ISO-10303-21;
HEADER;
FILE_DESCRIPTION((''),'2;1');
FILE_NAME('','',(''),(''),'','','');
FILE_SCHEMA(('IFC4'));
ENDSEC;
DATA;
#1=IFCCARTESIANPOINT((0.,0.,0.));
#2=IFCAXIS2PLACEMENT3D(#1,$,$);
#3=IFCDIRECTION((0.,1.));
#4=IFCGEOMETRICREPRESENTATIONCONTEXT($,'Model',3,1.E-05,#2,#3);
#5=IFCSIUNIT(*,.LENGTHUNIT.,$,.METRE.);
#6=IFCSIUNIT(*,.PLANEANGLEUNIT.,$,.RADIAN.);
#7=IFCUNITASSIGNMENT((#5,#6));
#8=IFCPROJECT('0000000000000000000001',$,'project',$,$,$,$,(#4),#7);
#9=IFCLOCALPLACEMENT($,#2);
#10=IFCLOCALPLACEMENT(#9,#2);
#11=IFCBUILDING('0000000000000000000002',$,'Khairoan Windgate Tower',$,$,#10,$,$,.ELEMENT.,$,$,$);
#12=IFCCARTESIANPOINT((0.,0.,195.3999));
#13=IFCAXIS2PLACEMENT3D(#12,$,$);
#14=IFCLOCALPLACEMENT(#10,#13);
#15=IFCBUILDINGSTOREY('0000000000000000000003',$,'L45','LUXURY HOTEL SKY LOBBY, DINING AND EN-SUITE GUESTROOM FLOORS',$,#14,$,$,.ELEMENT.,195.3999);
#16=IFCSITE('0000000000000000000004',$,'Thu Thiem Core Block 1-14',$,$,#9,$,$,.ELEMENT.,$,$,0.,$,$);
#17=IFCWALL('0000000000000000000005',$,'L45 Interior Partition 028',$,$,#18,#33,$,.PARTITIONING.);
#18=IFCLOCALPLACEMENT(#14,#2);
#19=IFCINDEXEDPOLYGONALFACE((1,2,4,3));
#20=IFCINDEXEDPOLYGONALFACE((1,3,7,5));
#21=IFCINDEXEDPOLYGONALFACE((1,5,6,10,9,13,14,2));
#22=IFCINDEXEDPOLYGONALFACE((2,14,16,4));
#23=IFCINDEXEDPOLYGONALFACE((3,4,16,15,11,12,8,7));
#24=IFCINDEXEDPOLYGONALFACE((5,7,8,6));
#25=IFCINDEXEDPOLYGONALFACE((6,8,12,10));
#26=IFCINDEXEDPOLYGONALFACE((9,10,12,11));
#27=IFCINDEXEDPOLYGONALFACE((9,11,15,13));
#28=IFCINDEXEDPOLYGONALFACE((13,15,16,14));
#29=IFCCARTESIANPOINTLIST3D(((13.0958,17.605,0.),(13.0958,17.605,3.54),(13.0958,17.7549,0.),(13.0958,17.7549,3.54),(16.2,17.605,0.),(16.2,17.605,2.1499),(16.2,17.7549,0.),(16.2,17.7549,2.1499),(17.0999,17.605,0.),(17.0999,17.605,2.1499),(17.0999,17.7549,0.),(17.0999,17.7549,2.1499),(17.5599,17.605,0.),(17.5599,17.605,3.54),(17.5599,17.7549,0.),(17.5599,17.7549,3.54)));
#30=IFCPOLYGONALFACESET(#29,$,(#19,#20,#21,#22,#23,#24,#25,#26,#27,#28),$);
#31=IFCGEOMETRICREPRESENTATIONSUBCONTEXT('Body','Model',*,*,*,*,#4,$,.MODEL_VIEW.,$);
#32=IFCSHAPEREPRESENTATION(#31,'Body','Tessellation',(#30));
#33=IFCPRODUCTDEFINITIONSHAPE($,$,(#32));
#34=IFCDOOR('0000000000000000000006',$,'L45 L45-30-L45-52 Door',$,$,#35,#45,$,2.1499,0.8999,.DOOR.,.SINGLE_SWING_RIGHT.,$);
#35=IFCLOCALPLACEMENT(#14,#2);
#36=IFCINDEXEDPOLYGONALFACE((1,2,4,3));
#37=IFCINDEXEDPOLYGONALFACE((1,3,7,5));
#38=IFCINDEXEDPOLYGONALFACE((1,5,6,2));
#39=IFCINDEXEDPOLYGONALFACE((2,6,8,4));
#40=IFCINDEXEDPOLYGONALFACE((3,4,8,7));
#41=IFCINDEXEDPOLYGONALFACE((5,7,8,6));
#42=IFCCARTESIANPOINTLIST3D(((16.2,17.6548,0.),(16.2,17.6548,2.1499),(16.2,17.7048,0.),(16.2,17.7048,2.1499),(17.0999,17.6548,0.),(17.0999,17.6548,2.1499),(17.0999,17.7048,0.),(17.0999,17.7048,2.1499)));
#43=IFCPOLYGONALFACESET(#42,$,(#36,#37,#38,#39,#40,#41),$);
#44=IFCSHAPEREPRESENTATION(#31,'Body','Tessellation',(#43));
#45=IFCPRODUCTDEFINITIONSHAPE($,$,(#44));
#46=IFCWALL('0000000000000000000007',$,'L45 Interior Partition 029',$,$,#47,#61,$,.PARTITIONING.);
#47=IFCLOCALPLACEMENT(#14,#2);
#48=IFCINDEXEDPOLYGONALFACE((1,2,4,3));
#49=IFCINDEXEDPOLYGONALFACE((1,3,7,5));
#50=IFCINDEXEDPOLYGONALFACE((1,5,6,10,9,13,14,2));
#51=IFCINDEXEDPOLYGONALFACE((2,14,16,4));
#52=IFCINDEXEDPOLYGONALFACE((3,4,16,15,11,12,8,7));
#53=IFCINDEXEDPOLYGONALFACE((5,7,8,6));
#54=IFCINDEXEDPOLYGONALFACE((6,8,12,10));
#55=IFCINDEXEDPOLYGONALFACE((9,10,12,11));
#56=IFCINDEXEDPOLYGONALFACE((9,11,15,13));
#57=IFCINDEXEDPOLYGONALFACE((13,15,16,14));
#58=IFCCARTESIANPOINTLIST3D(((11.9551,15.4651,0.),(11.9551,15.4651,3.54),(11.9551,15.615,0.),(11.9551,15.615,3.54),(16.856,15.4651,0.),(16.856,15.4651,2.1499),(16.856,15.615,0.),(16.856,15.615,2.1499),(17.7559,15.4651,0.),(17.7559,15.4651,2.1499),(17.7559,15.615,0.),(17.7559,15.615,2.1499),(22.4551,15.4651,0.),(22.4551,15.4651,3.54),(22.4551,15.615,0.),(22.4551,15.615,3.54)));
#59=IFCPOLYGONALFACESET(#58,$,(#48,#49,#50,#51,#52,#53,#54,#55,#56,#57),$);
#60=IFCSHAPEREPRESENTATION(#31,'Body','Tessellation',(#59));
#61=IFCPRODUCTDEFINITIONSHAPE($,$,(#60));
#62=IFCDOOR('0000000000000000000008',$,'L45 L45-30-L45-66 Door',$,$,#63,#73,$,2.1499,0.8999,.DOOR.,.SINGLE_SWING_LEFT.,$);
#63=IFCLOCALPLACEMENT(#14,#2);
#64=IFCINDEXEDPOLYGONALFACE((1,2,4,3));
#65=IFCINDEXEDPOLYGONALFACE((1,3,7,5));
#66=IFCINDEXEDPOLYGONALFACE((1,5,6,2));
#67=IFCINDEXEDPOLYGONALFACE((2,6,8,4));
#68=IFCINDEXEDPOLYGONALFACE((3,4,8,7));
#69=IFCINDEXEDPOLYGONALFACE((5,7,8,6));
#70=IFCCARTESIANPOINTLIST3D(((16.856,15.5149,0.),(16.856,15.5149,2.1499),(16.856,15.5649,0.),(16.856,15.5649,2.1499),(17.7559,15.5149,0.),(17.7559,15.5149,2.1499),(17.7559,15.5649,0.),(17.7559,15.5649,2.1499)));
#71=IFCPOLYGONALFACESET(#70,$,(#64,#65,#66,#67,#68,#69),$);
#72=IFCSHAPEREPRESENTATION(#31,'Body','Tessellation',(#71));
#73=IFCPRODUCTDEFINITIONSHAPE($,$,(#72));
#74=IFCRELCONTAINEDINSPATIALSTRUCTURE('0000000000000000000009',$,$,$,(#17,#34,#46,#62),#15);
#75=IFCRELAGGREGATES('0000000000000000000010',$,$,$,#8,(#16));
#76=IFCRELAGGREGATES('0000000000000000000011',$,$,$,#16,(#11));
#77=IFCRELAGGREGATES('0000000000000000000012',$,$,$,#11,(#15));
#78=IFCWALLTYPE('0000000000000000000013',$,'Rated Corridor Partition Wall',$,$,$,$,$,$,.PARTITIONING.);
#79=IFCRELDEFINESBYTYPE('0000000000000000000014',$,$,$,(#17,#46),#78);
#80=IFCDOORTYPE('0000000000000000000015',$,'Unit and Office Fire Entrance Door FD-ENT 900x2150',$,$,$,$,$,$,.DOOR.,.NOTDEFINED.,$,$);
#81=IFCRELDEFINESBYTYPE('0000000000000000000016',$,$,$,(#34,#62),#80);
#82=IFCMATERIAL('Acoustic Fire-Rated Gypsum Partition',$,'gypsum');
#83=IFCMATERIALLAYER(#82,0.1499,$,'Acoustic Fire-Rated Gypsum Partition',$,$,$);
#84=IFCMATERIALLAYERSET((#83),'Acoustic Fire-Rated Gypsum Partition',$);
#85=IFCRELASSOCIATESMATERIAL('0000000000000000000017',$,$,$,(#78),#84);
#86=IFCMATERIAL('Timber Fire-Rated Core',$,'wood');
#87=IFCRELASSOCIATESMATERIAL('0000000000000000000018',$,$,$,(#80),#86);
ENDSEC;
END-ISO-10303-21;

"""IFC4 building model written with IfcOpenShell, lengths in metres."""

from ifc_helpers import new_model, si_unit, direction, frame, frame_2d, origin, place, context, subcontext, project, spatial, rectangle, extrude, material, layer, layer_set, type_object, element, fill, save


model = new_model("IFC4")

# Units and contexts
model_context = context("Model", 3, precision=1e-05, world=origin(), true_north=direction((0.0, 1.0)))
body_context = subcontext(model_context, "Body", "Model", "MODEL_VIEW")
ifc_project = project(units=[si_unit("LENGTHUNIT", "METRE"), si_unit("PLANEANGLEUNIT", "RADIAN")], contexts=[model_context])

# Site, building, storey
site_placement = place(None, origin())
site = spatial("IfcSite", under=ifc_project, at=site_placement, Name="Thu Thiem Core Block 1-14", CompositionType="ELEMENT", RefElevation=0.0)
building_placement = place(site_placement, origin())
building = spatial("IfcBuilding", under=site, at=building_placement, Name="Khairoan Windgate Tower", CompositionType="ELEMENT")
storey_placement = place(building_placement, frame((0.0, 0.0, 195.3999)))
storey = spatial("IfcBuildingStorey", under=building, at=storey_placement, Name="L45", Description="LUXURY HOTEL SKY LOBBY, DINING AND EN-SUITE GUESTROOM FLOORS", CompositionType="ELEMENT", Elevation=195.3999)

# Walls, openings, doors
ifc_material_1 = material(Name="Acoustic Fire-Rated Gypsum Partition", Category="gypsum")
ifc_layer_1 = layer(ifc_material_1, 0.1499, Name="Acoustic Fire-Rated Gypsum Partition")
ifc_layer_set_1 = layer_set([ifc_layer_1], Name="Acoustic Fire-Rated Gypsum Partition")
wall_type_1 = type_object("IfcWallType", Name="Rated Corridor Partition Wall", PredefinedType="PARTITIONING", material=ifc_layer_set_1)
wall_1_placement = place(storey_placement, frame((13.0959, 17.6799, 0.0), z_axis=(0.0, 0.0, 1.0), x_axis=(1.0, 0.0, 0.0)))
wall_1 = element("IfcWall", 1, at=wall_1_placement, inside=storey, type_object=wall_type_1, Name="L45 Interior Partition 028", PredefinedType="PARTITIONING", context=body_context, shape_type="SweptSolid", body=[
    extrude(rectangle(XDim=4.4641, YDim=0.1499, at=frame_2d((2.2319, 0.0))), origin(), (0.0, 0.0, 1.0), 3.54),
])
opening_1_placement = place(wall_1_placement, frame((3.104, 0.0, 0.0)))
opening_1 = element("IfcOpeningElement", 2, at=opening_1_placement, cuts=wall_1, PredefinedType="OPENING", context=body_context, shape_type="SweptSolid", body=[
    extrude(rectangle(XDim=0.8999, YDim=2.1499, at=frame_2d((0.45, 1.075))), frame((0.0, 0.085, 0.0), z_axis=(0.0, -1.0, 0.0), x_axis=(1.0, 0.0, 0.0)), (0.0, 0.0, 1.0), 0.1699),
])
ifc_material_2 = material(Name="Timber Fire-Rated Core", Category="wood")
door_type_1 = type_object("IfcDoorType", Name="Unit and Office Fire Entrance Door FD-ENT 900x2150", OperationType="NOTDEFINED", PredefinedType="DOOR", material=ifc_material_2)
door_1_placement = place(opening_1_placement, origin())
door_1 = element("IfcDoor", 3, at=door_1_placement, inside=storey, type_object=door_type_1, Name="L45 L45-30-L45-52 Door", OperationType="SINGLE_SWING_RIGHT", OverallHeight=2.1499, OverallWidth=0.8999, PredefinedType="DOOR", context=body_context, shape_type="SweptSolid", body=[
    extrude(rectangle(XDim=0.8999, YDim=2.1499, at=frame_2d((0.45, 1.075))), frame((0.0, 0.0249, 0.0), z_axis=(0.0, -1.0, 0.0), x_axis=(1.0, 0.0, 0.0)), (0.0, 0.0, 1.0), 0.05),
])
fill(opening_1, door_1)
wall_2_placement = place(storey_placement, frame((11.9551, 15.54, 0.0), z_axis=(0.0, 0.0, 1.0), x_axis=(1.0, 0.0, 0.0)))
wall_2 = element("IfcWall", 4, at=wall_2_placement, inside=storey, type_object=wall_type_1, Name="L45 Interior Partition 029", PredefinedType="PARTITIONING", context=body_context, shape_type="SweptSolid", body=[
    extrude(rectangle(XDim=10.5, YDim=0.1499, at=frame_2d((5.25, 0.0))), origin(), (0.0, 0.0, 1.0), 3.54),
])
opening_2_placement = place(wall_2_placement, frame((4.9009, 0.0, 0.0)))
opening_2 = element("IfcOpeningElement", 5, at=opening_2_placement, cuts=wall_2, PredefinedType="OPENING", context=body_context, shape_type="SweptSolid", body=[
    extrude(rectangle(XDim=0.8999, YDim=2.1499, at=frame_2d((0.45, 1.075))), frame((0.0, 0.085, 0.0), z_axis=(0.0, -1.0, 0.0), x_axis=(1.0, 0.0, 0.0)), (0.0, 0.0, 1.0), 0.1699),
])
door_2_placement = place(opening_2_placement, origin())
door_2 = element("IfcDoor", 6, at=door_2_placement, inside=storey, type_object=door_type_1, Name="L45 L45-30-L45-66 Door", OperationType="SINGLE_SWING_LEFT", OverallHeight=2.1499, OverallWidth=0.8999, PredefinedType="DOOR", context=body_context, shape_type="SweptSolid", body=[
    extrude(rectangle(XDim=0.8999, YDim=2.1499, at=frame_2d((0.45, 1.075))), frame((0.0, 0.0249, 0.0), z_axis=(0.0, -1.0, 0.0), x_axis=(1.0, 0.0, 0.0)), (0.0, 0.0, 1.0), 0.05),
])
fill(opening_2, door_2)

save(model, "model.ifc")
